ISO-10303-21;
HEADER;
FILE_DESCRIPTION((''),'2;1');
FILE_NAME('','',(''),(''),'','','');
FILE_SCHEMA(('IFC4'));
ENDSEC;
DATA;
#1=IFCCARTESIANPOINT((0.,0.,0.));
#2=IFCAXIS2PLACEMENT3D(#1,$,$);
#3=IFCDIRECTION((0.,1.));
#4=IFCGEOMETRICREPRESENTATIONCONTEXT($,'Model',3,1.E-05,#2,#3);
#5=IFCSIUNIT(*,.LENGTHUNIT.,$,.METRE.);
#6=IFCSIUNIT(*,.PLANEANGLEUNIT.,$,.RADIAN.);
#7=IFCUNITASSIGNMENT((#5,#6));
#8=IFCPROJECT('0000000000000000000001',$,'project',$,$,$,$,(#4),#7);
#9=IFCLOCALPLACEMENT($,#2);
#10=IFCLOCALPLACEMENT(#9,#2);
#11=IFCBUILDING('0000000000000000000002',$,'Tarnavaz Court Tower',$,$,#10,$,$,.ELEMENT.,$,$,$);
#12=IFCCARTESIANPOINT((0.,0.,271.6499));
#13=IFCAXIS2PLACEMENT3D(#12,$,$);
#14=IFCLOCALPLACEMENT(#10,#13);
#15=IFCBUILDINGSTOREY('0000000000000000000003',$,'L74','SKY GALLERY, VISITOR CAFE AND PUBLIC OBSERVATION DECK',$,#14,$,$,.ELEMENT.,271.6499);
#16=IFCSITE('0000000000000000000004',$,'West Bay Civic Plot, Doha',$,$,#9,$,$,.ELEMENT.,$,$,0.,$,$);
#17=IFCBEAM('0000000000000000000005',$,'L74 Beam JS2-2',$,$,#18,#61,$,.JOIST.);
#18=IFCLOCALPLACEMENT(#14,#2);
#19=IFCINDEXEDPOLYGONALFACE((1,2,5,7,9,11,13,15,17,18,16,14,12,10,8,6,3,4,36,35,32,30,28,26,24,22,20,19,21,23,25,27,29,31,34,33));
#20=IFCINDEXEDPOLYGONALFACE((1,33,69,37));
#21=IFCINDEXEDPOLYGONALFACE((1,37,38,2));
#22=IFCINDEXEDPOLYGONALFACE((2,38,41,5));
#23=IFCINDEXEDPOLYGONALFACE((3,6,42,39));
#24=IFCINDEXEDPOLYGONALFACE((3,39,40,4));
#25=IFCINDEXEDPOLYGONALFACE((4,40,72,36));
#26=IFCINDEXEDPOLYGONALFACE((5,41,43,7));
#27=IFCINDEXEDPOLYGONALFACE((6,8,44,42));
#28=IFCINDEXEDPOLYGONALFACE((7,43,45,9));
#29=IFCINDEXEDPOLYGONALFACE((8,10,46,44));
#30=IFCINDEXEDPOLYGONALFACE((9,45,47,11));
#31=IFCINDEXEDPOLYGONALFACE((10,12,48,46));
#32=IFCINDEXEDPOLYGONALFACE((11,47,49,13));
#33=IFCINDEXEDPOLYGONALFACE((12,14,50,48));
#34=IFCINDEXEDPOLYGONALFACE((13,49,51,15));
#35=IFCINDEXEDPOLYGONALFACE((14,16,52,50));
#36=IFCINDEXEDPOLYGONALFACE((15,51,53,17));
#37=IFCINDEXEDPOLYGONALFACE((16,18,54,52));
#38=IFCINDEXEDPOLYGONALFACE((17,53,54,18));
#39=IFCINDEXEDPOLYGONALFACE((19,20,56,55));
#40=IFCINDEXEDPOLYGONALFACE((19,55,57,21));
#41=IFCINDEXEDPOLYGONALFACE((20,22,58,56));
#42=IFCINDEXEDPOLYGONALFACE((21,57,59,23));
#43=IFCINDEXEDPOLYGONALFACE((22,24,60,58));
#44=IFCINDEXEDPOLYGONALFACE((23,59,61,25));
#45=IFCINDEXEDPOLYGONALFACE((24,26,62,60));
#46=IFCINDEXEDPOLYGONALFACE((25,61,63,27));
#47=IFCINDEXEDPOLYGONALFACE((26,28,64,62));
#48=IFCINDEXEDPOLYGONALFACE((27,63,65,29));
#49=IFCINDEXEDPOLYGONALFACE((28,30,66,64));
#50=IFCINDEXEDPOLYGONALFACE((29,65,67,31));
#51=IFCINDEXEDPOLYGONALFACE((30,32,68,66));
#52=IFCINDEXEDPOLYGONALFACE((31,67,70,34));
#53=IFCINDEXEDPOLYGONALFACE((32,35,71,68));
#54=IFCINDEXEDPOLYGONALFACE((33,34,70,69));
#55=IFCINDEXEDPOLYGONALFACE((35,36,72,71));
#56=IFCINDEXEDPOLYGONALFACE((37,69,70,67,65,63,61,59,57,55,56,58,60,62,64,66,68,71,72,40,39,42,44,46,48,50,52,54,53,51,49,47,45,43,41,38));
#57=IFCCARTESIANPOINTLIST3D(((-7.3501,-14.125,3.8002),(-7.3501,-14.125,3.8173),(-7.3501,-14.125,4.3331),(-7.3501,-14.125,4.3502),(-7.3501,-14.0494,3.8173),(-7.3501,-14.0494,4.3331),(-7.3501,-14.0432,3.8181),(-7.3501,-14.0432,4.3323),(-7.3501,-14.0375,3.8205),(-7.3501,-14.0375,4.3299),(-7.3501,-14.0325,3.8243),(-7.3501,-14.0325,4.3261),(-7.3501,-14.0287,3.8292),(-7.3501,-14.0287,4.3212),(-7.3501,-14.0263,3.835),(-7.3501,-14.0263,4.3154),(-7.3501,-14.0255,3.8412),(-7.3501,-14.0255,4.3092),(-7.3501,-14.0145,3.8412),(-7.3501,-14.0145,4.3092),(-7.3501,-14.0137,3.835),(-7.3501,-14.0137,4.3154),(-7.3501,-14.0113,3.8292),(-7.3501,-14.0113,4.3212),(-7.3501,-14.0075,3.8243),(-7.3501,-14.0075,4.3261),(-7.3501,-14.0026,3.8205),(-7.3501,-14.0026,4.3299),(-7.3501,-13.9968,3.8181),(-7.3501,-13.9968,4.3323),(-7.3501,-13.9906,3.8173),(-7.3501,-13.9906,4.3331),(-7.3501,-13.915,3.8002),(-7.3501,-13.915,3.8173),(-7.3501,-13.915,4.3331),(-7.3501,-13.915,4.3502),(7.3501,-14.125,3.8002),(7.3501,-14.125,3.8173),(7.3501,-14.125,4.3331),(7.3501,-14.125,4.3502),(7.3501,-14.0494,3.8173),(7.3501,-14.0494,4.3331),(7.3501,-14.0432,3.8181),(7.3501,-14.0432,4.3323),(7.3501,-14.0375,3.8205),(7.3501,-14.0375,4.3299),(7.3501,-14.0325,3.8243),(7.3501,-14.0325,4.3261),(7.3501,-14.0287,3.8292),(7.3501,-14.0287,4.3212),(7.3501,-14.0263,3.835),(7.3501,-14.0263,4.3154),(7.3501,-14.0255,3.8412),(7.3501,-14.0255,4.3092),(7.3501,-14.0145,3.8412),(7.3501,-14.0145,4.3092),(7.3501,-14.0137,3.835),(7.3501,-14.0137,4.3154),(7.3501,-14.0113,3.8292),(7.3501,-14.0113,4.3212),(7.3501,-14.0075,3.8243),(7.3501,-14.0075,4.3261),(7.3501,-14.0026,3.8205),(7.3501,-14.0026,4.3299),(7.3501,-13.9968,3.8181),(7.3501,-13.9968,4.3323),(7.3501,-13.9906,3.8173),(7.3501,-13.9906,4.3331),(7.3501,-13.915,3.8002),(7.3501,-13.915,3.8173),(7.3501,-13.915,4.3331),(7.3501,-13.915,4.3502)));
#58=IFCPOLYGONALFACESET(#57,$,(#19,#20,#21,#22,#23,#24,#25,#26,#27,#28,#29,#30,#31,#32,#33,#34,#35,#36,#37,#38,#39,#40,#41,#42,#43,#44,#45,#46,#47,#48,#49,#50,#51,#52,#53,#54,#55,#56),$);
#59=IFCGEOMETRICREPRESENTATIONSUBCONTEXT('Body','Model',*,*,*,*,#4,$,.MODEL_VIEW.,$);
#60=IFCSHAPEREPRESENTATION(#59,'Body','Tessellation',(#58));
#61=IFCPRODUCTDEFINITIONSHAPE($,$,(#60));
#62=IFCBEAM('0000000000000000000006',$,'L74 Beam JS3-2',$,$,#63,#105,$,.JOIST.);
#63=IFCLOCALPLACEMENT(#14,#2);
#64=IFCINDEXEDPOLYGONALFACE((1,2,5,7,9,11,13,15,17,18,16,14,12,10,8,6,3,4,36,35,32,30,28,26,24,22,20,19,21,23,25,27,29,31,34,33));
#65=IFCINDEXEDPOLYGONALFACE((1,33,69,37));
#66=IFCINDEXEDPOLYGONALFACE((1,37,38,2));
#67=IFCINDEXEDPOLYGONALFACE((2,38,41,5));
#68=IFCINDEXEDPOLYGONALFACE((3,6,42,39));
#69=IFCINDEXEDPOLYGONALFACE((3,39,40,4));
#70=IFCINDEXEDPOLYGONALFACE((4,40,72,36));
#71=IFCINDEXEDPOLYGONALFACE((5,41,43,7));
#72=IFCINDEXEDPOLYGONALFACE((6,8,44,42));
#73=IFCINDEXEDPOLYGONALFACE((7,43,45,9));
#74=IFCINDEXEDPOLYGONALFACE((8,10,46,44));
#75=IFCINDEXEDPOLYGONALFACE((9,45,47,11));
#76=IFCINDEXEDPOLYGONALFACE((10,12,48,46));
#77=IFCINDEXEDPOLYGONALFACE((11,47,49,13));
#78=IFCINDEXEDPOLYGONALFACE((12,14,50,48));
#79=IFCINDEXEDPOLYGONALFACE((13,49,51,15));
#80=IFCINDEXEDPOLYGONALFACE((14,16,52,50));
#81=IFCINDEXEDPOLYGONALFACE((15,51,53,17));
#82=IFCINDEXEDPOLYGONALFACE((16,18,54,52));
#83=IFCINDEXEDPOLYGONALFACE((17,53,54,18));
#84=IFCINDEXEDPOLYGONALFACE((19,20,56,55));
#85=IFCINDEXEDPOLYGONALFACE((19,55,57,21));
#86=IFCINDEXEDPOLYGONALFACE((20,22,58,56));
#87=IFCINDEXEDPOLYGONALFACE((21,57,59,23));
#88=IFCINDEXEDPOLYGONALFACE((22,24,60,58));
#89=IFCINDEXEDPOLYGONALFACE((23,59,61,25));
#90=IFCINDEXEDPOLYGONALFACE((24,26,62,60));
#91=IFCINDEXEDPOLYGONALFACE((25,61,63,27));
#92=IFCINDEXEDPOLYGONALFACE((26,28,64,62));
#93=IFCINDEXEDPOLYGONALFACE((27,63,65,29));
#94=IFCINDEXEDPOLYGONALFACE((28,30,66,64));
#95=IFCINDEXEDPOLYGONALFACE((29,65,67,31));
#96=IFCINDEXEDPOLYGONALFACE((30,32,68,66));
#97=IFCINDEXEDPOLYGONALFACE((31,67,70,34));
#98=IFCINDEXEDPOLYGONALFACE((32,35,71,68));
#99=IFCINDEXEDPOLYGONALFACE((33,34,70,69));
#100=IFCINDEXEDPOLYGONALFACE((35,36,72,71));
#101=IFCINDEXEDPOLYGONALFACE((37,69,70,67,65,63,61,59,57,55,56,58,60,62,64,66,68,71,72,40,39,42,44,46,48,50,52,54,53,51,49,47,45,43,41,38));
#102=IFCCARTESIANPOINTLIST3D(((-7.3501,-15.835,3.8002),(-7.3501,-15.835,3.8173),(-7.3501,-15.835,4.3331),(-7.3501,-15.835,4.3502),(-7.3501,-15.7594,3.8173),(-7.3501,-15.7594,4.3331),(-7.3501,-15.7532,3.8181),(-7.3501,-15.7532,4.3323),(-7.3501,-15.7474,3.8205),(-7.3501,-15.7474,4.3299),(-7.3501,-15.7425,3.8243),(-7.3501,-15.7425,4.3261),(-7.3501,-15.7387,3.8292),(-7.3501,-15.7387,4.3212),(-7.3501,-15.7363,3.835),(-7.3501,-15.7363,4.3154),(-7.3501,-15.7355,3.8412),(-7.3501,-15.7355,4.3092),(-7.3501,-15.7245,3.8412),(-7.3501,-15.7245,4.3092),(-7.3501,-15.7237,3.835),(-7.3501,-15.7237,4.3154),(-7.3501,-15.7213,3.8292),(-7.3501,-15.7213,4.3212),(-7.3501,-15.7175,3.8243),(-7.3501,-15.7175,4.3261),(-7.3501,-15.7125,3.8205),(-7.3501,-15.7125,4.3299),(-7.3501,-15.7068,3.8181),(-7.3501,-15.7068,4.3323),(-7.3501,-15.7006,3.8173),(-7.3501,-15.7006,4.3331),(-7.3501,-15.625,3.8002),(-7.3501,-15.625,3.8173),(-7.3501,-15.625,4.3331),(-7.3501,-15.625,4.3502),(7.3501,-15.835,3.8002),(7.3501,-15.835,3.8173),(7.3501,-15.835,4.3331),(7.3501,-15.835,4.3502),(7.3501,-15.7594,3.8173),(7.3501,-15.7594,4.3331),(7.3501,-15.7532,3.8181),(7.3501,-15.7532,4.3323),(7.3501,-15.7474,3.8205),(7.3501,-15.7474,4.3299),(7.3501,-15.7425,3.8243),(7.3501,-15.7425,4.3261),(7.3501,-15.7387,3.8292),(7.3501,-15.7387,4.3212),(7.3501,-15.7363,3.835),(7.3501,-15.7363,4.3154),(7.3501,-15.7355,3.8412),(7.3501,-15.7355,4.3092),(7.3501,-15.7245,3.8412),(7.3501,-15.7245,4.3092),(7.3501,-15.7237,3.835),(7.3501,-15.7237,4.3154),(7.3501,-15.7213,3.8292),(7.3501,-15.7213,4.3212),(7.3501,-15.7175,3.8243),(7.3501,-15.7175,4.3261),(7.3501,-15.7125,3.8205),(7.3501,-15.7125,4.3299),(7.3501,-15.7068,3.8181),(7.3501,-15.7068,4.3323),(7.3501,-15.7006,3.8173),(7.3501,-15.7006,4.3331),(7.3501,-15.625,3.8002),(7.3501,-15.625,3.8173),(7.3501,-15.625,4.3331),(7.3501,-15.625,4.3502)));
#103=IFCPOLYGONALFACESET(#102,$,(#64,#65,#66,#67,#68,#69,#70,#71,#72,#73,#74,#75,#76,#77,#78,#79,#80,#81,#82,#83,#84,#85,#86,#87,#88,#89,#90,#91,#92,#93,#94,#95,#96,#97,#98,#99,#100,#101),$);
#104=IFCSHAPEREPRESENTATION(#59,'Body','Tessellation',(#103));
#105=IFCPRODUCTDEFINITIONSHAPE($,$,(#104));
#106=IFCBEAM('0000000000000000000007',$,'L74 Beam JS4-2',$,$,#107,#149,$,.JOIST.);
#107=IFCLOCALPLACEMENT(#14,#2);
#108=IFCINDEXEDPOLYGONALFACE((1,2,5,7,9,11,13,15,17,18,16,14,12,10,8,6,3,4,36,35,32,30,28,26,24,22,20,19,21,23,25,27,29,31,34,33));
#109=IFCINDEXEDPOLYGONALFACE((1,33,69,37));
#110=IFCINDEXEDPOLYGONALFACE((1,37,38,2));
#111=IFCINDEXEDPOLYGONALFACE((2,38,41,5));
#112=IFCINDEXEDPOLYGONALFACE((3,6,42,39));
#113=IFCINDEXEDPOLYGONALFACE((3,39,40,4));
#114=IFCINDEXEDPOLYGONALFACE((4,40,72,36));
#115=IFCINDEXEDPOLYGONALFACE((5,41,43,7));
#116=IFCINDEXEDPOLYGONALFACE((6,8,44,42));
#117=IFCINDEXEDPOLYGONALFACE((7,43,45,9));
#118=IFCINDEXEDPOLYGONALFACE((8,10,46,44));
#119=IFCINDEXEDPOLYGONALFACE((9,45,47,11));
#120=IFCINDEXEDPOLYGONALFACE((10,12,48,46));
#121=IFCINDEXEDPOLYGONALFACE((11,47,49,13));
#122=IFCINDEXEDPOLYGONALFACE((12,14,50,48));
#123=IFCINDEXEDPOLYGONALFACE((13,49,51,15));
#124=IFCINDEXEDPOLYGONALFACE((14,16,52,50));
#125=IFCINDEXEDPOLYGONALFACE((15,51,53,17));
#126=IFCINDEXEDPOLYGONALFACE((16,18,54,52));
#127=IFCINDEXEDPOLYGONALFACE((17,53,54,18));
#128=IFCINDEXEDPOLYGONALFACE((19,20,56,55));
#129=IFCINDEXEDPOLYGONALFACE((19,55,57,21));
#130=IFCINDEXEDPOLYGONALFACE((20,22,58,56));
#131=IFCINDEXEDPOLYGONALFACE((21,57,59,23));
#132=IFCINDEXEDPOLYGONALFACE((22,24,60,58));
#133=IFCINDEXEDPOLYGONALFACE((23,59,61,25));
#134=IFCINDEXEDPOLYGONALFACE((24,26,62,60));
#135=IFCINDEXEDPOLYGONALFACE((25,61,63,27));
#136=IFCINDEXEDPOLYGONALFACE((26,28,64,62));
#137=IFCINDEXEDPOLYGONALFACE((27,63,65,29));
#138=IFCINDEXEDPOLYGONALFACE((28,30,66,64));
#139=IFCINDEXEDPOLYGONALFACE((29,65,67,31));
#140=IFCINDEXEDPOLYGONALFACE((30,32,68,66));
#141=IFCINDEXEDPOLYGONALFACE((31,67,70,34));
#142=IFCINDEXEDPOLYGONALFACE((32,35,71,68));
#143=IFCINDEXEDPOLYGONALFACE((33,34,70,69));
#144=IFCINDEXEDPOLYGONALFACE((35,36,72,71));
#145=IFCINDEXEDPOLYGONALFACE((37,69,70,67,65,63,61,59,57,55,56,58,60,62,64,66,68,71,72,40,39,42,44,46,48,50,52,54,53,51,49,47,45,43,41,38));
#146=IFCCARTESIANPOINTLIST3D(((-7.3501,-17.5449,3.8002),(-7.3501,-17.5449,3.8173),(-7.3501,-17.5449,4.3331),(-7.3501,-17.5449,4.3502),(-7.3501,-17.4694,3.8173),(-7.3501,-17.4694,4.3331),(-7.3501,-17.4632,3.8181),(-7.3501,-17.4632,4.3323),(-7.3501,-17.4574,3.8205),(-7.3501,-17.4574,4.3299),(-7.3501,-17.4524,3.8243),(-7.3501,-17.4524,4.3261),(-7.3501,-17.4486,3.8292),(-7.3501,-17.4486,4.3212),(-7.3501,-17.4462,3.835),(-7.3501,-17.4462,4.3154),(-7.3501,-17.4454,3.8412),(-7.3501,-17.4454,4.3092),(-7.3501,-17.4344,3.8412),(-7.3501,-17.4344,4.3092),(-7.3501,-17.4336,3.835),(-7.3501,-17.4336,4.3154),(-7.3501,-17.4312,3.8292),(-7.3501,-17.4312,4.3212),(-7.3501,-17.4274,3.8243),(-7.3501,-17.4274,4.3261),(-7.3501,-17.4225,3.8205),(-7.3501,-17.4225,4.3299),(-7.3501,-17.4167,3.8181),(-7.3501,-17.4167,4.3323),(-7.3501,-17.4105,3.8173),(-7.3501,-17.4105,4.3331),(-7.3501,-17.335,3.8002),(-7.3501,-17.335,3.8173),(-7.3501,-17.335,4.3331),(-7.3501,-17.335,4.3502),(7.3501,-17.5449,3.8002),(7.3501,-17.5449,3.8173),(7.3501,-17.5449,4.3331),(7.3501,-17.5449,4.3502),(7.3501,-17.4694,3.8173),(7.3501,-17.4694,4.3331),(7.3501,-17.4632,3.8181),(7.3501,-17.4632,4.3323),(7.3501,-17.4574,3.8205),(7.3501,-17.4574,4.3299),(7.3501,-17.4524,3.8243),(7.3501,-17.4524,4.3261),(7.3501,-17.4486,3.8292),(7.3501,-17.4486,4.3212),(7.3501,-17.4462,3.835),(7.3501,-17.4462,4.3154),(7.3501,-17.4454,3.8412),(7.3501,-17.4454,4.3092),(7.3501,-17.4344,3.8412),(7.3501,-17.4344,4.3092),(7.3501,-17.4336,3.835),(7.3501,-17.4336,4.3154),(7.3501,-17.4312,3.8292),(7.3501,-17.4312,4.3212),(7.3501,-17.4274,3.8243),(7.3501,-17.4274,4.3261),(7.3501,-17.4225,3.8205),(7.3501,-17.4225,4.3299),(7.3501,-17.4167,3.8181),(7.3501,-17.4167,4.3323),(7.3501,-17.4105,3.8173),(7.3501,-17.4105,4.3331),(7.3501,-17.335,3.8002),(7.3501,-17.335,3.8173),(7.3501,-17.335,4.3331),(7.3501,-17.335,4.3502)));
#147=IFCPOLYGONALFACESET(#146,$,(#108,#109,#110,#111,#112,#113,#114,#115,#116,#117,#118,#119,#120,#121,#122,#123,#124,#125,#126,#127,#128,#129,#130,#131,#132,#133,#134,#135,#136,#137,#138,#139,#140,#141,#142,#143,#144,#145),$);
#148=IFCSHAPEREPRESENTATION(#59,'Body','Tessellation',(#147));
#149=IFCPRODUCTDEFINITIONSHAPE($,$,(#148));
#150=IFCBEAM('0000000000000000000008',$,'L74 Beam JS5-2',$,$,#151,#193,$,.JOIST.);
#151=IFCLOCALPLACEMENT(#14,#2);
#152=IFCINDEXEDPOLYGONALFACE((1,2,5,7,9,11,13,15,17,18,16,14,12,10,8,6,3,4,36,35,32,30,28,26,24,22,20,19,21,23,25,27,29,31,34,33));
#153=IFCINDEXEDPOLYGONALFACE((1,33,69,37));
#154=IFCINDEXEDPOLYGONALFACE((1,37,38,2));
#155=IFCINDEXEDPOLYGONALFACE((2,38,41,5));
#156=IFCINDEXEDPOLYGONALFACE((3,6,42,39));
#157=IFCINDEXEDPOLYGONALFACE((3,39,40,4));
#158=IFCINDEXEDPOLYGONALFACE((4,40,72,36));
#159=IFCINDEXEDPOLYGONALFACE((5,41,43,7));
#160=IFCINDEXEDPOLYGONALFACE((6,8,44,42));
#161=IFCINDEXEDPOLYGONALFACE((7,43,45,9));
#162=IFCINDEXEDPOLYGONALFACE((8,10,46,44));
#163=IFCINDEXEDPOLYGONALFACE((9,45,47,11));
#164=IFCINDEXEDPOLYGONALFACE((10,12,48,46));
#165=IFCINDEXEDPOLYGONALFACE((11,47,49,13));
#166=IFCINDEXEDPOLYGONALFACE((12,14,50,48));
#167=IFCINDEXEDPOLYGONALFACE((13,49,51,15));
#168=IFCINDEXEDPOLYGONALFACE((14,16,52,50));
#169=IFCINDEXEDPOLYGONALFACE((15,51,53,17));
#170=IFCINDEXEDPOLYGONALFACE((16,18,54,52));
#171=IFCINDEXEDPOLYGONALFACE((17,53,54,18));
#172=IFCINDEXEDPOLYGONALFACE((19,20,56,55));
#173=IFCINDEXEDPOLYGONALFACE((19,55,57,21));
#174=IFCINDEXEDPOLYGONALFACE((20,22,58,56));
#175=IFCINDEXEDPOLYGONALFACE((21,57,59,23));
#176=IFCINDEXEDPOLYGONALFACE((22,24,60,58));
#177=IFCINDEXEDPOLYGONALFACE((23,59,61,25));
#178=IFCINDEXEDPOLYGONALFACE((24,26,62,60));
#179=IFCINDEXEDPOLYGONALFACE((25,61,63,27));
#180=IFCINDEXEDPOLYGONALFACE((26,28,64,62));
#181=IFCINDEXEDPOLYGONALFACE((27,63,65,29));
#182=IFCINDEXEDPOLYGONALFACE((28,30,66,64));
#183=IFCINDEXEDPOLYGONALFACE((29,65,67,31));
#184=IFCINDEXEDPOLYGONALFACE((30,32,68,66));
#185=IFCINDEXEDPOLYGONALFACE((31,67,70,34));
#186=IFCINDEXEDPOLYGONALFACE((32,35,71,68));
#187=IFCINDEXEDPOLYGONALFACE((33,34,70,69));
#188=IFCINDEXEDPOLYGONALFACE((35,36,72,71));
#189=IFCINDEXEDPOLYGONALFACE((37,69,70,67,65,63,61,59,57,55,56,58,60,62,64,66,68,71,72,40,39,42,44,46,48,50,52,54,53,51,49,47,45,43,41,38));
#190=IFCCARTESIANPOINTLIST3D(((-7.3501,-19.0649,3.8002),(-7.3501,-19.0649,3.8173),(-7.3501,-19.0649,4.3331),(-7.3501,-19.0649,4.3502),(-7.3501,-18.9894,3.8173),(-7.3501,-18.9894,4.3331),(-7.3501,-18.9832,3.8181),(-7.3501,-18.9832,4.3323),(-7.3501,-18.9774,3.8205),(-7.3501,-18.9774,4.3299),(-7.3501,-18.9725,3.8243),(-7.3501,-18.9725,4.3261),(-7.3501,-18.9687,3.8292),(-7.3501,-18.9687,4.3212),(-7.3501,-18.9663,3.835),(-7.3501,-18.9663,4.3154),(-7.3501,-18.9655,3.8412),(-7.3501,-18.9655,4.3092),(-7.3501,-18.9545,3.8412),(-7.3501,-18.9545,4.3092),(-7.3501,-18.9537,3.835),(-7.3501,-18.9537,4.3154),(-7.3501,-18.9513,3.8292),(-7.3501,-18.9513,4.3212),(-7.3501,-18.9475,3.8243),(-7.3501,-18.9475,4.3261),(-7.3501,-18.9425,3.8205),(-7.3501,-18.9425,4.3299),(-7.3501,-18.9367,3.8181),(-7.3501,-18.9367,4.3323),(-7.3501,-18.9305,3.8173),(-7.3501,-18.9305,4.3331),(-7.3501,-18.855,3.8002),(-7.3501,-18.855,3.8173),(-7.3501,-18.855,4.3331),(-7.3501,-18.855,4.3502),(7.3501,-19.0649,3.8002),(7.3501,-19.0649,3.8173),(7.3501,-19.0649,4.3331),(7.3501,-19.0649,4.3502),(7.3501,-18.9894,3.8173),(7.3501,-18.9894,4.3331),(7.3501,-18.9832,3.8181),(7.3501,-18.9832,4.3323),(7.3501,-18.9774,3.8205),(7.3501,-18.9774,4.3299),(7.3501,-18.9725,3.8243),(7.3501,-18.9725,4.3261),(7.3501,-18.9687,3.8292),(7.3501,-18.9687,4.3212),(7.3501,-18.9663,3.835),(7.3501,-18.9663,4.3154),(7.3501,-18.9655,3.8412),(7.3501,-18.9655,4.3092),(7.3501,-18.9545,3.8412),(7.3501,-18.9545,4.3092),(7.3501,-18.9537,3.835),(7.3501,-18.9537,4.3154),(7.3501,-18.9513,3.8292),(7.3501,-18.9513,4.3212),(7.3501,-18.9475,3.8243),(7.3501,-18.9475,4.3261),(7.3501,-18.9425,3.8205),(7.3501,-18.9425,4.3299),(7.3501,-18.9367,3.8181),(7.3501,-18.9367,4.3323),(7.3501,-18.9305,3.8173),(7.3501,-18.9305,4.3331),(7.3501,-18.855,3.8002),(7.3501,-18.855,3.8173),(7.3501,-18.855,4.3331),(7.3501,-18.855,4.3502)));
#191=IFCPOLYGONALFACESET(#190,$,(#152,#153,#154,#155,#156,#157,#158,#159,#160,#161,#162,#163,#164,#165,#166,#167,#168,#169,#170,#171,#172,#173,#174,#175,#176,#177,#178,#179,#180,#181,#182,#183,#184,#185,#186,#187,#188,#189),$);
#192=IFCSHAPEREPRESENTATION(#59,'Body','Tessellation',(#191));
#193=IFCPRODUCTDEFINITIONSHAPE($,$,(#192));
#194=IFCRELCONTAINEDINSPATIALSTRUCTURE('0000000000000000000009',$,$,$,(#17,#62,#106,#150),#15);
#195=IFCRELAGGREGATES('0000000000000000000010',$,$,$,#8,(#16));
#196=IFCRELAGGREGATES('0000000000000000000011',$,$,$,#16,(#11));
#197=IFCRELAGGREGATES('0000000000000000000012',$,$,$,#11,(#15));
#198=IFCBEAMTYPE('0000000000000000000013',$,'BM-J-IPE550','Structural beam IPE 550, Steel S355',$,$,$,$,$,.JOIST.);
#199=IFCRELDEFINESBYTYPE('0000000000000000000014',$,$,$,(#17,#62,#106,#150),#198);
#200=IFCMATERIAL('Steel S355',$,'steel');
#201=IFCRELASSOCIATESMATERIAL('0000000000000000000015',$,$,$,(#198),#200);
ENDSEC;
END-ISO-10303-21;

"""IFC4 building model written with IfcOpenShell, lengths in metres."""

from ifc_helpers import new_model, si_unit, direction, frame, origin, origin_2d, place, context, subcontext, project, spatial, i_section, extrude, material, material_profile, profile_set, type_object, element, save


model = new_model("IFC4")

# Units and contexts
model_context = context("Model", 3, precision=1e-05, world=origin(), true_north=direction((0.0, 1.0)))
body_context = subcontext(model_context, "Body", "Model", "MODEL_VIEW")
ifc_project = project(units=[si_unit("LENGTHUNIT", "METRE"), si_unit("PLANEANGLEUNIT", "RADIAN")], contexts=[model_context])

# Site, building, storey
site_placement = place(None, origin())
site = spatial("IfcSite", under=ifc_project, at=site_placement, Name="West Bay Civic Plot, Doha", CompositionType="ELEMENT", RefElevation=0.0)
building_placement = place(site_placement, origin())
building = spatial("IfcBuilding", under=site, at=building_placement, Name="Tarnavaz Court Tower", CompositionType="ELEMENT")
storey_placement = place(building_placement, frame((0.0, 0.0, 271.6499)))
storey = spatial("IfcBuildingStorey", under=building, at=storey_placement, Name="L74", Description="SKY GALLERY, VISITOR CAFE AND PUBLIC OBSERVATION DECK", CompositionType="ELEMENT", Elevation=271.6499)

# Beams
ifc_material_1 = material(Name="Steel S355", Category="steel")
ifc_material_profile_1 = material_profile(ifc_material_1, i_section(OverallWidth=0.21, OverallDepth=0.55, WebThickness=0.011, FlangeThickness=0.0171, FilletRadius=0.0239, at=origin_2d()), Name="IPE 550")
ifc_profile_set_1 = profile_set([ifc_material_profile_1], Name="Steel S355")
beam_type_1 = type_object("IfcBeamType", Name="BM-J-IPE550", Description="Structural beam IPE 550, Steel S355", PredefinedType="JOIST", material=ifc_profile_set_1)
for number, where, z_axis, x_axis, name in (
    (1, (-7.3501, -14.02, 4.0752), (1.0, 0.0, 0.0), (0.0, 1.0, 0.0), "L74 Beam JS2-2"),
    (2, (-7.3501, -15.73, 4.0752), (1.0, 0.0, 0.0), (0.0, 1.0, 0.0), "L74 Beam JS3-2"),
    (3, (-7.3501, -17.4399, 4.0752), (1.0, 0.0, 0.0), (0.0, 1.0, 0.0), "L74 Beam JS4-2"),
    (4, (-7.3501, -18.96, 4.0752), (1.0, 0.0, 0.0), (0.0, 1.0, 0.0), "L74 Beam JS5-2"),
):
    element("IfcBeam", number, at=place(storey_placement, frame(where, z_axis=z_axis, x_axis=x_axis)), inside=storey, type_object=beam_type_1, Name=name, PredefinedType="JOIST", context=body_context, shape_type="SweptSolid", body=[
        extrude(i_section(OverallWidth=0.21, OverallDepth=0.55, WebThickness=0.011, FlangeThickness=0.0171, FilletRadius=0.0239, at=origin_2d()), origin(), (0.0, 0.0, 1.0), 14.7002),
    ])

save(model, "model.ifc")
